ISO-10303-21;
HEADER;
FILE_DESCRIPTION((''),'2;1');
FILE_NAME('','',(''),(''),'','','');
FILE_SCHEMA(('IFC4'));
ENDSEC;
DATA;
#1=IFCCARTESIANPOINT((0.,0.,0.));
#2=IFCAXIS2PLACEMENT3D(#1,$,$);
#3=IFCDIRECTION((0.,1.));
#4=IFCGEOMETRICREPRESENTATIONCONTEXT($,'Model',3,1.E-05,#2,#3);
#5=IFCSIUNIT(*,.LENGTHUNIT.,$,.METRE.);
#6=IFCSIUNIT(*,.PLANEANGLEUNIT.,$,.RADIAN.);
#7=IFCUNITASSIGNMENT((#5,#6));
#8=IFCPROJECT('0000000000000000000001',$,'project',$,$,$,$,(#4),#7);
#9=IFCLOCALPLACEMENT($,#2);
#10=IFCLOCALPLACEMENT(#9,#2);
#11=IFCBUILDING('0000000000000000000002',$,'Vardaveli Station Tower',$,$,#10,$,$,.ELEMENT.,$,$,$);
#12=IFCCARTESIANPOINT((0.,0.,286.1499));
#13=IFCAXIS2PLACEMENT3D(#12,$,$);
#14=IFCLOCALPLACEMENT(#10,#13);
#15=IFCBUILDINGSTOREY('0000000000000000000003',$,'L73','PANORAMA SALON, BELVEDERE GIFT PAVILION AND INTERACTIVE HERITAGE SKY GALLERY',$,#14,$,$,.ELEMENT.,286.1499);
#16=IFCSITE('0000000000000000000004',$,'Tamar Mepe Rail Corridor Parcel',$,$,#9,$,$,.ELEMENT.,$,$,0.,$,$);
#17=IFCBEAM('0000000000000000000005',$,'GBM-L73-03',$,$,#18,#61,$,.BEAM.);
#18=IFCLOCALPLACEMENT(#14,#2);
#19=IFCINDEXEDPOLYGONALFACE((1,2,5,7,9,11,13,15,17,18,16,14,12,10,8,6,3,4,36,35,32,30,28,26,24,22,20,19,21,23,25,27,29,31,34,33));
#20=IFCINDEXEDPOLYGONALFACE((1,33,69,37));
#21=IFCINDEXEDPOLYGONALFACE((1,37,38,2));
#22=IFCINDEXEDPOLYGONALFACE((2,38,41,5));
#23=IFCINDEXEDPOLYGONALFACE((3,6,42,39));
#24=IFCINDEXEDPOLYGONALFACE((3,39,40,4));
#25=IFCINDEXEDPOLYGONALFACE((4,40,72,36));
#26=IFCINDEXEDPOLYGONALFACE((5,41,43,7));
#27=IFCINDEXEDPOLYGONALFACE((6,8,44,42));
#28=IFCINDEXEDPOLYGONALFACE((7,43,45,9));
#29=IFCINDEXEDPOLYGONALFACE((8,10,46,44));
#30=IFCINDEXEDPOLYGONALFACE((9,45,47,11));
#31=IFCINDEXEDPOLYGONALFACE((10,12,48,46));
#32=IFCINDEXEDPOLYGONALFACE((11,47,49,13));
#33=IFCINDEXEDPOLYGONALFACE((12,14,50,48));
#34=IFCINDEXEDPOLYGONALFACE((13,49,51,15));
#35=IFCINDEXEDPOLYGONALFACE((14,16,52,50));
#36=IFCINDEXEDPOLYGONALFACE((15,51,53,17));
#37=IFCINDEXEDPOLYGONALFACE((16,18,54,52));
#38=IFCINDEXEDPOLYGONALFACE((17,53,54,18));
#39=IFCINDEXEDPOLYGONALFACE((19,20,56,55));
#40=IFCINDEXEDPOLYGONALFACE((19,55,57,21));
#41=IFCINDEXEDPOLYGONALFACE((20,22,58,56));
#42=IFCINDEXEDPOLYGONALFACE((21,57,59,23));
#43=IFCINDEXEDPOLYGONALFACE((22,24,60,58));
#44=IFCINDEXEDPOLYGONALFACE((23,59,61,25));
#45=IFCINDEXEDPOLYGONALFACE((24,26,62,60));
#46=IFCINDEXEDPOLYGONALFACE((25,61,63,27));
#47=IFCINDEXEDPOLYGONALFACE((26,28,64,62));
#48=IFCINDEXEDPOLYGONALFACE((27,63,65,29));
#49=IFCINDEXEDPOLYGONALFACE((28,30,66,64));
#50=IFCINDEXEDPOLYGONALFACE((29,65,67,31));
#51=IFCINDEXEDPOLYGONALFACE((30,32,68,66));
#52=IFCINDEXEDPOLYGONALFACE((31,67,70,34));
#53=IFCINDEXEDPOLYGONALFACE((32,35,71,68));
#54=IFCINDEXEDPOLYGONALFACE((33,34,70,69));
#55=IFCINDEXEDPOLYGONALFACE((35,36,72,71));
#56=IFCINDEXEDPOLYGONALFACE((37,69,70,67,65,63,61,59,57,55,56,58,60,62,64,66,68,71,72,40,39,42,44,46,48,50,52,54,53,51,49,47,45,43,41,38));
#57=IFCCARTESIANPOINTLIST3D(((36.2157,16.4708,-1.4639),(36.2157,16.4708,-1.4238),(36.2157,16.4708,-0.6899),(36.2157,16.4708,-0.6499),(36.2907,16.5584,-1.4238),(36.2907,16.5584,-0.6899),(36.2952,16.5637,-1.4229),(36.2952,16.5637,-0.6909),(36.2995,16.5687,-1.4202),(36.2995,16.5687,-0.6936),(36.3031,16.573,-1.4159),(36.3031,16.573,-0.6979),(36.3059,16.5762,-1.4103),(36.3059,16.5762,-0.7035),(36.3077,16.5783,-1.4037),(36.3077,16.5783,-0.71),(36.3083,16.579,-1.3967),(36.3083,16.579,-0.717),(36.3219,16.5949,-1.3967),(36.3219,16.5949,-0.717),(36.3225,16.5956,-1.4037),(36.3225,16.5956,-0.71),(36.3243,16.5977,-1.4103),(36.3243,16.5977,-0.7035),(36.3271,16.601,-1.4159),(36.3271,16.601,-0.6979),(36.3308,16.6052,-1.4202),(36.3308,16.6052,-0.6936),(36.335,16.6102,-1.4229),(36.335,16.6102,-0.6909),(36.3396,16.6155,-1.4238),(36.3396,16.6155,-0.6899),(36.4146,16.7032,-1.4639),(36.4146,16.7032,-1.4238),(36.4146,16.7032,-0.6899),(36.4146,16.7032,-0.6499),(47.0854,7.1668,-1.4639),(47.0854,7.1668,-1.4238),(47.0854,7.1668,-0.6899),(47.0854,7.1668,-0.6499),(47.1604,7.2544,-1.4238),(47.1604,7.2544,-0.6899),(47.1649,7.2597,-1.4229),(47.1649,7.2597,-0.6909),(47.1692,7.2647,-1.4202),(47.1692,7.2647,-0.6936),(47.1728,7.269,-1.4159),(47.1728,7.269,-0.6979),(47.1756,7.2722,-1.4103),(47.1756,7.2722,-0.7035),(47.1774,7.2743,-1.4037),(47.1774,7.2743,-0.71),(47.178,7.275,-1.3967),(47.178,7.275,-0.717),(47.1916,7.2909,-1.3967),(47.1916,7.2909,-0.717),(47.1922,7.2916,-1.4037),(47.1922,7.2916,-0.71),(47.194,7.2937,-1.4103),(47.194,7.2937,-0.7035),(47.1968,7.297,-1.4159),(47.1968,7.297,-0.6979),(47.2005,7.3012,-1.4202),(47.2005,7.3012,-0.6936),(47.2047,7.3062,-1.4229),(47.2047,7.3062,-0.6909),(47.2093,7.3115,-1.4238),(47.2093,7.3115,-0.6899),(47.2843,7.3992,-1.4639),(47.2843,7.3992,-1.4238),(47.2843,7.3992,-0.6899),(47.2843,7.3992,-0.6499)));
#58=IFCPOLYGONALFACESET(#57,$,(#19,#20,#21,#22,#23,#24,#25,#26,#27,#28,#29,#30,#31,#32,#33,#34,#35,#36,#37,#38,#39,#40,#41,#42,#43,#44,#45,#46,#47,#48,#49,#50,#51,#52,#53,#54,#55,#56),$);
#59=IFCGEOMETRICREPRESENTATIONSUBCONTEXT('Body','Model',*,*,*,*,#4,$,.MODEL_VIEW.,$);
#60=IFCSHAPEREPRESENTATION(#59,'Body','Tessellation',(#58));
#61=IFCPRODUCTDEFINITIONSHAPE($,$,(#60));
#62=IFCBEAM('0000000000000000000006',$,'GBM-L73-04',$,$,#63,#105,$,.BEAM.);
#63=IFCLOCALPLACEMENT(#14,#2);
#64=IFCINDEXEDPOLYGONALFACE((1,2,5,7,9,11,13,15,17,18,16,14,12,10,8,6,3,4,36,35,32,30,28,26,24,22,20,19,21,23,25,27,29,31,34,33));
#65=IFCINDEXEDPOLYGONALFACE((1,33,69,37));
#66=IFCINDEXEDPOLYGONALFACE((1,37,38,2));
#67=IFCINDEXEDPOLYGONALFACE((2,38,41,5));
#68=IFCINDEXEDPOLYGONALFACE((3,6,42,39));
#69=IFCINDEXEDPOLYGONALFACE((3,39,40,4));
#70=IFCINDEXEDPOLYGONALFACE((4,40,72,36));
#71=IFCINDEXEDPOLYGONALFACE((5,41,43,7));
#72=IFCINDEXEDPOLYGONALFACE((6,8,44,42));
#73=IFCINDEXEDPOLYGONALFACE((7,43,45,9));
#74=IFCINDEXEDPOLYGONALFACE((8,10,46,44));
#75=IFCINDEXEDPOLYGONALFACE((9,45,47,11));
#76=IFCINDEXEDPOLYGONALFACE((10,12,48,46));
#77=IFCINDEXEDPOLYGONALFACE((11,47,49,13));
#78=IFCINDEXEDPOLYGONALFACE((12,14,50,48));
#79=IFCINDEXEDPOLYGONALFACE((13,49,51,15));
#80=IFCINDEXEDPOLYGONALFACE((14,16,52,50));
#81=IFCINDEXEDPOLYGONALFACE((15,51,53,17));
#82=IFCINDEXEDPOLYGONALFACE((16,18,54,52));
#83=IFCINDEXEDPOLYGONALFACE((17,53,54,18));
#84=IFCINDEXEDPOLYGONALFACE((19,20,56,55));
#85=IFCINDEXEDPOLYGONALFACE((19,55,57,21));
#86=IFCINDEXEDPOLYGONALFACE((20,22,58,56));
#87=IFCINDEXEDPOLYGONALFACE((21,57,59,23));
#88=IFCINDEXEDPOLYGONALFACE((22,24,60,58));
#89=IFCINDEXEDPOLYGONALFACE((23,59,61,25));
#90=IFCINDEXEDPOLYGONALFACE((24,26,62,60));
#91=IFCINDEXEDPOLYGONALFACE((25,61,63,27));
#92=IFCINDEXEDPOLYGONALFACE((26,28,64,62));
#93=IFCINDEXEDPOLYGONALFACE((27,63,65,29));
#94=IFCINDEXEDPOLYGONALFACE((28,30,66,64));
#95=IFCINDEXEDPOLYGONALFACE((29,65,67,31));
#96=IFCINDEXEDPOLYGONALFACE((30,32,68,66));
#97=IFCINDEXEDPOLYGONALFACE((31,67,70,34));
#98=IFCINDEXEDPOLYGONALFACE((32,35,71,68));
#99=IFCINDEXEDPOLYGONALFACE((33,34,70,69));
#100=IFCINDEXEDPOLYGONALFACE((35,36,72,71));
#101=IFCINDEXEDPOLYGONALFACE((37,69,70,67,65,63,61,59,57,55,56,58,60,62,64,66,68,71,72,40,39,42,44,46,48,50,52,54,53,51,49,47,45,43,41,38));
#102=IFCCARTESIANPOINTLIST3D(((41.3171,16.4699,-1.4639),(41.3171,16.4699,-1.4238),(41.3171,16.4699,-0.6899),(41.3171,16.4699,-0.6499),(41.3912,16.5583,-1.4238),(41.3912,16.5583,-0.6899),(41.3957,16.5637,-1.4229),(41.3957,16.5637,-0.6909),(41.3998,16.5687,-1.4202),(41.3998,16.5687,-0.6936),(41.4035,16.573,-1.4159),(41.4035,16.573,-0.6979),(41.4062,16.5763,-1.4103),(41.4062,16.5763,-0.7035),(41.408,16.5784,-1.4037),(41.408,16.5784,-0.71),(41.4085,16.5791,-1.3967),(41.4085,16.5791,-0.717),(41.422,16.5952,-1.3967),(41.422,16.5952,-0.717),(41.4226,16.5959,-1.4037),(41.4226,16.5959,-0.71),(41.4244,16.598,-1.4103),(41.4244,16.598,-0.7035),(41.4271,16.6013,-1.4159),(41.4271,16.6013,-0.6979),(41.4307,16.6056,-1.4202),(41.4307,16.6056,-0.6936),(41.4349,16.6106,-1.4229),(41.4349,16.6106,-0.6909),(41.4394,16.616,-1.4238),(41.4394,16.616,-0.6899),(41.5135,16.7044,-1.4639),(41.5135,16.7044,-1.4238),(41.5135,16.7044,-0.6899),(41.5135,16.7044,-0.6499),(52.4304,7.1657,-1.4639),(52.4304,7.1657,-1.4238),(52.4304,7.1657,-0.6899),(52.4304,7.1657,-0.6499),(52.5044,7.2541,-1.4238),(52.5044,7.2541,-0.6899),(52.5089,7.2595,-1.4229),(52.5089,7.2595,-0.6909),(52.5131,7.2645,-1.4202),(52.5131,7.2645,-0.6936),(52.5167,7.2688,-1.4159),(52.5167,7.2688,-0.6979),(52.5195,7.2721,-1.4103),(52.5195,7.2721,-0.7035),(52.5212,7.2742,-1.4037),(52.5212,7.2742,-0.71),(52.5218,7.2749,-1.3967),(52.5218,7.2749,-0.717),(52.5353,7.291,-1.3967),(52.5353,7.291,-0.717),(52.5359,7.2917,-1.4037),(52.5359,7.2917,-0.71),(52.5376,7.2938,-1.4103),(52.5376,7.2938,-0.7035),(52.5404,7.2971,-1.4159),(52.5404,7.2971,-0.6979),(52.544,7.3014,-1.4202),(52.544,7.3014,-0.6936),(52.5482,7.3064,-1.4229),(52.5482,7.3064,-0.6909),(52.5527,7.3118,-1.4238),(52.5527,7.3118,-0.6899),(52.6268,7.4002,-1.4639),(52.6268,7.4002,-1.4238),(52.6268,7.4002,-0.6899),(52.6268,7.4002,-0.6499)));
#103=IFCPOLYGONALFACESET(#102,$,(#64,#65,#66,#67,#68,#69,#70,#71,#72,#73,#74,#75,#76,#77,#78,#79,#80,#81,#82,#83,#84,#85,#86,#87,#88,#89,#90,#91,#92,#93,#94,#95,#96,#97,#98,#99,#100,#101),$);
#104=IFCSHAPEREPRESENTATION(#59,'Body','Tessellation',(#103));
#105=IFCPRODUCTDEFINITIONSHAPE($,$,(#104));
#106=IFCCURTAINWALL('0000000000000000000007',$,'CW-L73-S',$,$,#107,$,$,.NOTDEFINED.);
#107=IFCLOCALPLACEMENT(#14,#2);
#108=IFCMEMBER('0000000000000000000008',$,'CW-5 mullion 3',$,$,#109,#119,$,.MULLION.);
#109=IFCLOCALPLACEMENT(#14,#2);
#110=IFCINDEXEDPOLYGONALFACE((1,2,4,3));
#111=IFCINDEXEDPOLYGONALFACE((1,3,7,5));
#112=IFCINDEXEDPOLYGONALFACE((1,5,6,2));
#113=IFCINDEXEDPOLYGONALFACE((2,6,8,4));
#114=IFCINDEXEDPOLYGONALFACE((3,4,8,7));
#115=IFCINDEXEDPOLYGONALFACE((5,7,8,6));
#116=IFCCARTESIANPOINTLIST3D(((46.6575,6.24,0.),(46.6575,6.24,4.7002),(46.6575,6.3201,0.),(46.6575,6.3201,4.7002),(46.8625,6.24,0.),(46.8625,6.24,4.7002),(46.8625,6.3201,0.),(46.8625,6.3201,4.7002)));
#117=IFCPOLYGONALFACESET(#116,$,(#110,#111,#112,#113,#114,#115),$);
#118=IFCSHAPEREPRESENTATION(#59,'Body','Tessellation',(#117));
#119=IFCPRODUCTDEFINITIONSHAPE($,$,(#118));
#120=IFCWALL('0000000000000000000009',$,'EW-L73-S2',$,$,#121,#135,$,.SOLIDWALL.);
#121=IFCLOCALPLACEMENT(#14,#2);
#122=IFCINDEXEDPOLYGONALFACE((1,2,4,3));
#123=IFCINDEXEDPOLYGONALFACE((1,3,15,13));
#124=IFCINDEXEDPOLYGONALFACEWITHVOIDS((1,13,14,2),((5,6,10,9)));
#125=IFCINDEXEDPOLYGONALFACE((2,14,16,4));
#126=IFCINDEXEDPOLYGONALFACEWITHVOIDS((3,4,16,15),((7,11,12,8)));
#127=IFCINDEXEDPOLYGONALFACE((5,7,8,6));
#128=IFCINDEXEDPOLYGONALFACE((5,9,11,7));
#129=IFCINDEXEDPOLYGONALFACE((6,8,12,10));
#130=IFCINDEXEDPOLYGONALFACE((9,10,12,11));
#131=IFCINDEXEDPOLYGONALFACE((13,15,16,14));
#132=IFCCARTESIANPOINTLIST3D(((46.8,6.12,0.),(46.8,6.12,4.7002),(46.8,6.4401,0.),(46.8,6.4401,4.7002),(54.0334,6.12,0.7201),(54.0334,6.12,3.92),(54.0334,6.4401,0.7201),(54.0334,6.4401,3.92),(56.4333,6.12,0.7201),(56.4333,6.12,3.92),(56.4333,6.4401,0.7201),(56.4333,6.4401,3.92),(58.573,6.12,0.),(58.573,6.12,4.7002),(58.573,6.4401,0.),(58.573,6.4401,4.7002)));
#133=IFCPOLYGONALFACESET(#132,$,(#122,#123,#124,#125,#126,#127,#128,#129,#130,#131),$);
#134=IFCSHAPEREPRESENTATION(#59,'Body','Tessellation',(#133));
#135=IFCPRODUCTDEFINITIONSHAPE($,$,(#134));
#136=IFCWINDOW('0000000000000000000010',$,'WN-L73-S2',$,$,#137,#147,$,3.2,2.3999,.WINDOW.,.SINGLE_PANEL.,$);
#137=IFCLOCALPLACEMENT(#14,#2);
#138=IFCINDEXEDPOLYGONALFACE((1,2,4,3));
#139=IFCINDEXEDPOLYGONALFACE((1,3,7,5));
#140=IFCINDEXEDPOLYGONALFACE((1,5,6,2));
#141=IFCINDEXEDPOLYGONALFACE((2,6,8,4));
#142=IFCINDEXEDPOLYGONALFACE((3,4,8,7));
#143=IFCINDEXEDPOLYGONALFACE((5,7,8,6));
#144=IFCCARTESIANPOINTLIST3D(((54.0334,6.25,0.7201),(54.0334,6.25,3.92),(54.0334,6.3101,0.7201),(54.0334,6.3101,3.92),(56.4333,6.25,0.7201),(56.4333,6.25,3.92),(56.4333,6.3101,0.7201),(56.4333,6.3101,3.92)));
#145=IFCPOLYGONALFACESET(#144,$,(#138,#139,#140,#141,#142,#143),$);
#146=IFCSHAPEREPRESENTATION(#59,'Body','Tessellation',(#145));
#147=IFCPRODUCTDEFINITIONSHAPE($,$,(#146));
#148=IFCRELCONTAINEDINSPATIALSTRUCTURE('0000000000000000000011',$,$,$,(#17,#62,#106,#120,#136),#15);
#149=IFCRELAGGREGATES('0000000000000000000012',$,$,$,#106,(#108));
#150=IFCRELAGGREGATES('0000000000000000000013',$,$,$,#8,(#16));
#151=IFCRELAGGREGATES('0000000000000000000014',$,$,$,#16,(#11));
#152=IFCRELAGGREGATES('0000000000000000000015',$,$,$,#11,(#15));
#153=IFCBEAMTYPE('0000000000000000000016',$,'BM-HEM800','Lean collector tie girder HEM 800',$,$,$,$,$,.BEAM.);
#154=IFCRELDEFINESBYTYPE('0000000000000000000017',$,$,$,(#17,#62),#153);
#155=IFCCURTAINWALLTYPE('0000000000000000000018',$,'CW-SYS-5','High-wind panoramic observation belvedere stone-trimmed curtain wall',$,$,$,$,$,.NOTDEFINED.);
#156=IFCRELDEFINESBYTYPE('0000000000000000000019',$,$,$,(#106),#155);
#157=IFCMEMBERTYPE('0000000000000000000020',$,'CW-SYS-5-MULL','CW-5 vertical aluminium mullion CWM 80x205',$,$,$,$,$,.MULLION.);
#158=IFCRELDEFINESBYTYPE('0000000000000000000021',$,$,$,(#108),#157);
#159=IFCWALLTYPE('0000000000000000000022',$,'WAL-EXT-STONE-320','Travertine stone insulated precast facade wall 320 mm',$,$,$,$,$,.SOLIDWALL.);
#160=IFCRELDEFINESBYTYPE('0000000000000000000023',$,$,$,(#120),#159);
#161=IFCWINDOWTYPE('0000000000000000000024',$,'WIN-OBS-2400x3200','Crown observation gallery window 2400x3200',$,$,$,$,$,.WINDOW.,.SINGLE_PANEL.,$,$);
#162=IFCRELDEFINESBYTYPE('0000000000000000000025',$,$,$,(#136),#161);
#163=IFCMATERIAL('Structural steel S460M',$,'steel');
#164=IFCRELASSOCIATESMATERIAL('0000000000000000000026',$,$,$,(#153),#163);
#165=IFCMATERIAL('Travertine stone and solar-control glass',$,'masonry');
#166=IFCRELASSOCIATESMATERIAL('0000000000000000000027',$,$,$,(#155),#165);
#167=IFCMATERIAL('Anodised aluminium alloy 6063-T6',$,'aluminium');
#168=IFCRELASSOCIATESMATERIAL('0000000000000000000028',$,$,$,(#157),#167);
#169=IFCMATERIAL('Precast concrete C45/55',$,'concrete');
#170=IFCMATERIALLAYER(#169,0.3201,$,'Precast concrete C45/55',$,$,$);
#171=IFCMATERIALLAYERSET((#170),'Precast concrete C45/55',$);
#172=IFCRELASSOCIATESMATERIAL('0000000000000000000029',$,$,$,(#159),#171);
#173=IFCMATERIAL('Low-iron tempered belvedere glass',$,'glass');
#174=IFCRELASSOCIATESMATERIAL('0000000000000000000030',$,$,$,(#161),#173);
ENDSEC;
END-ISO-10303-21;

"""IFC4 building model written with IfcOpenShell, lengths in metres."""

from ifc_helpers import new_model, si_unit, direction, frame, frame_2d, origin, origin_2d, place, context, subcontext, project, spatial, rectangle, i_section, extrude, source, transform, mapped, material, layer, layer_set, material_profile, profile_set, type_object, element, fill, aggregate, save


model = new_model("IFC4")

# Units and contexts
model_context = context("Model", 3, precision=1e-05, world=origin(), true_north=direction((0.0, 1.0)))
body_context = subcontext(model_context, "Body", "Model", "MODEL_VIEW")
ifc_project = project(units=[si_unit("LENGTHUNIT", "METRE"), si_unit("PLANEANGLEUNIT", "RADIAN")], contexts=[model_context])

# Site, building, storey
site_placement = place(None, origin())
site = spatial("IfcSite", under=ifc_project, at=site_placement, Name="Tamar Mepe Rail Corridor Parcel", CompositionType="ELEMENT", RefElevation=0.0)
building_placement = place(site_placement, origin())
building = spatial("IfcBuilding", under=site, at=building_placement, Name="Vardaveli Station Tower", CompositionType="ELEMENT")
storey_placement = place(building_placement, frame((0.0, 0.0, 286.1499)))
storey = spatial("IfcBuildingStorey", under=building, at=storey_placement, Name="L73", Description="PANORAMA SALON, BELVEDERE GIFT PAVILION AND INTERACTIVE HERITAGE SKY GALLERY", CompositionType="ELEMENT", Elevation=286.1499)

# Beams
ifc_material_1 = material(Name="Structural steel S460M", Category="steel")
ifc_material_profile_1 = material_profile(ifc_material_1, i_section(OverallWidth=0.3059, OverallDepth=0.814, WebThickness=0.021, FlangeThickness=0.04, FilletRadius=0.0271, at=origin_2d()), Name="HEM 800")
ifc_profile_set_1 = profile_set([ifc_material_profile_1], Name="Structural steel S460M")
beam_type_1 = type_object("IfcBeamType", Name="BM-HEM800", Description="Lean collector tie girder HEM 800", PredefinedType="BEAM", material=ifc_profile_set_1)
shared_shape_1 = source(origin(), body_context, "Body", "SweptSolid", [
    extrude(i_section(OverallWidth=0.3059, OverallDepth=0.814, WebThickness=0.021, FlangeThickness=0.04, FilletRadius=0.0271, at=origin_2d()), origin(), (0.0, 0.0, 1.0), 14.3079),
])
beam_1_placement = place(storey_placement, frame((47.1848, 7.283, -1.0569), z_axis=(-0.759701, 0.650273, 0.0), x_axis=(-0.650273, -0.759701, 0.0)))
element("IfcBeam", 1, at=beam_1_placement, inside=storey, type_object=beam_type_1, Name="GBM-L73-03", PredefinedType="BEAM", context=body_context, shape_type="MappedRepresentation", body=[
    mapped(shared_shape_1, transform((0.0, 0.0, 0.0), scale=1.0)),
])
shared_shape_2 = source(origin(), body_context, "Body", "SweptSolid", [
    extrude(i_section(OverallWidth=0.3059, OverallDepth=0.814, WebThickness=0.021, FlangeThickness=0.04, FilletRadius=0.0271, at=origin_2d()), origin(), (0.0, 0.0, 1.0), 14.4939),
])
beam_2_placement = place(storey_placement, frame((52.5286, 7.283, -1.0569), z_axis=(-0.766756, 0.641939, 0.0), x_axis=(-0.641939, -0.766756, 0.0)))
element("IfcBeam", 2, at=beam_2_placement, inside=storey, type_object=beam_type_1, Name="GBM-L73-04", PredefinedType="BEAM", context=body_context, shape_type="MappedRepresentation", body=[
    mapped(shared_shape_2, transform((0.0, 0.0, 0.0), scale=1.0)),
])

# Curtain wall, member
ifc_material_2 = material(Name="Travertine stone and solar-control glass", Category="masonry")
curtain_wall_type = type_object("IfcCurtainWallType", Name="CW-SYS-5", Description="High-wind panoramic observation belvedere stone-trimmed curtain wall", PredefinedType="NOTDEFINED", material=ifc_material_2)
curtain_wall_placement = place(storey_placement, origin())
curtain_wall = element("IfcCurtainWall", 3, at=curtain_wall_placement, inside=storey, type_object=curtain_wall_type, Name="CW-L73-S", PredefinedType="NOTDEFINED")
ifc_material_3 = material(Name="Anodised aluminium alloy 6063-T6", Category="aluminium")
ifc_material_profile_2 = material_profile(ifc_material_3, rectangle(XDim=0.0801, YDim=0.2051, at=origin_2d()), Name="CWM 80x205")
ifc_profile_set_2 = profile_set([ifc_material_profile_2], Name="Anodised aluminium alloy 6063-T6")
member_type = type_object("IfcMemberType", Name="CW-SYS-5-MULL", Description="CW-5 vertical aluminium mullion CWM 80x205", PredefinedType="MULLION", material=ifc_profile_set_2)
shared_shape_3 = source(origin(), body_context, "Body", "SweptSolid", [
    extrude(rectangle(XDim=0.0801, YDim=0.2051, at=origin_2d()), origin(), (0.0, 0.0, 1.0), 4.7002),
])
member_placement = place(storey_placement, frame((46.76, 6.28, 0.0), z_axis=(0.0, 0.0, 1.0), x_axis=(0.0, 1.0, 0.0)))
member = element("IfcMember", 4, at=member_placement, type_object=member_type, Name="CW-5 mullion 3", PredefinedType="MULLION", context=body_context, shape_type="MappedRepresentation", body=[
    mapped(shared_shape_3, transform((0.0, 0.0, 0.0), scale=1.0)),
])
aggregate(curtain_wall, [member])

# Wall, opening, window
ifc_material_4 = material(Name="Precast concrete C45/55", Category="concrete")
ifc_layer_1 = layer(ifc_material_4, 0.3201, Name="Precast concrete C45/55")
ifc_layer_set_1 = layer_set([ifc_layer_1], Name="Precast concrete C45/55")
wall_type_1 = type_object("IfcWallType", Name="WAL-EXT-STONE-320", Description="Travertine stone insulated precast facade wall 320 mm", PredefinedType="SOLIDWALL", material=ifc_layer_set_1)
shared_shape_4 = source(origin(), body_context, "Body", "SweptSolid", [
    extrude(rectangle(XDim=11.7729, YDim=0.3201, at=frame_2d((5.8865, 0.0))), origin(), (0.0, 0.0, 1.0), 4.7002),
])
wall_1_placement = place(storey_placement, frame((46.8, 6.28, 0.0), z_axis=(0.0, 0.0, 1.0), x_axis=(1.0, 0.0, 0.0)))
wall_1 = element("IfcWall", 5, at=wall_1_placement, inside=storey, type_object=wall_type_1, Name="EW-L73-S2", PredefinedType="SOLIDWALL", context=body_context, shape_type="MappedRepresentation", body=[
    mapped(shared_shape_4, transform((0.0, 0.0, 0.0), scale=1.0)),
])
shared_shape_5 = source(origin(), body_context, "Body", "SweptSolid", [
    extrude(rectangle(XDim=2.3999, YDim=3.2, at=frame_2d((1.2, 1.6001))), frame((0.0, 0.1699, 0.0), z_axis=(0.0, -1.0, 0.0), x_axis=(1.0, 0.0, 0.0)), (0.0, 0.0, 1.0), 0.3401),
])
opening_1_placement = place(wall_1_placement, frame((7.2334, 0.0, 0.72)))
opening_1 = element("IfcOpeningElement", 6, at=opening_1_placement, cuts=wall_1, PredefinedType="OPENING", context=body_context, shape_type="MappedRepresentation", body=[
    mapped(shared_shape_5, transform((0.0, 0.0, 0.0), scale=1.0)),
])
ifc_material_5 = material(Name="Low-iron tempered belvedere glass", Category="glass")
window_type = type_object("IfcWindowType", Name="WIN-OBS-2400x3200", Description="Crown observation gallery window 2400x3200", PartitioningType="SINGLE_PANEL", PredefinedType="WINDOW", material=ifc_material_5)
shared_shape_6 = source(origin(), body_context, "Body", "SweptSolid", [
    extrude(rectangle(XDim=2.3999, YDim=3.2, at=frame_2d((1.2, 1.6001))), frame((0.0, 0.03, 0.0), z_axis=(0.0, -1.0, 0.0), x_axis=(1.0, 0.0, 0.0)), (0.0, 0.0, 1.0), 0.0601),
])
window_1_placement = place(opening_1_placement, origin())
window_1 = element("IfcWindow", 7, at=window_1_placement, inside=storey, type_object=window_type, Name="WN-L73-S2", OverallHeight=3.2, OverallWidth=2.3999, PartitioningType="SINGLE_PANEL", PredefinedType="WINDOW", context=body_context, shape_type="MappedRepresentation", body=[
    mapped(shared_shape_6, transform((0.0, 0.0, 0.0), scale=1.0)),
])
fill(opening_1, window_1)

save(model, "model.ifc")
